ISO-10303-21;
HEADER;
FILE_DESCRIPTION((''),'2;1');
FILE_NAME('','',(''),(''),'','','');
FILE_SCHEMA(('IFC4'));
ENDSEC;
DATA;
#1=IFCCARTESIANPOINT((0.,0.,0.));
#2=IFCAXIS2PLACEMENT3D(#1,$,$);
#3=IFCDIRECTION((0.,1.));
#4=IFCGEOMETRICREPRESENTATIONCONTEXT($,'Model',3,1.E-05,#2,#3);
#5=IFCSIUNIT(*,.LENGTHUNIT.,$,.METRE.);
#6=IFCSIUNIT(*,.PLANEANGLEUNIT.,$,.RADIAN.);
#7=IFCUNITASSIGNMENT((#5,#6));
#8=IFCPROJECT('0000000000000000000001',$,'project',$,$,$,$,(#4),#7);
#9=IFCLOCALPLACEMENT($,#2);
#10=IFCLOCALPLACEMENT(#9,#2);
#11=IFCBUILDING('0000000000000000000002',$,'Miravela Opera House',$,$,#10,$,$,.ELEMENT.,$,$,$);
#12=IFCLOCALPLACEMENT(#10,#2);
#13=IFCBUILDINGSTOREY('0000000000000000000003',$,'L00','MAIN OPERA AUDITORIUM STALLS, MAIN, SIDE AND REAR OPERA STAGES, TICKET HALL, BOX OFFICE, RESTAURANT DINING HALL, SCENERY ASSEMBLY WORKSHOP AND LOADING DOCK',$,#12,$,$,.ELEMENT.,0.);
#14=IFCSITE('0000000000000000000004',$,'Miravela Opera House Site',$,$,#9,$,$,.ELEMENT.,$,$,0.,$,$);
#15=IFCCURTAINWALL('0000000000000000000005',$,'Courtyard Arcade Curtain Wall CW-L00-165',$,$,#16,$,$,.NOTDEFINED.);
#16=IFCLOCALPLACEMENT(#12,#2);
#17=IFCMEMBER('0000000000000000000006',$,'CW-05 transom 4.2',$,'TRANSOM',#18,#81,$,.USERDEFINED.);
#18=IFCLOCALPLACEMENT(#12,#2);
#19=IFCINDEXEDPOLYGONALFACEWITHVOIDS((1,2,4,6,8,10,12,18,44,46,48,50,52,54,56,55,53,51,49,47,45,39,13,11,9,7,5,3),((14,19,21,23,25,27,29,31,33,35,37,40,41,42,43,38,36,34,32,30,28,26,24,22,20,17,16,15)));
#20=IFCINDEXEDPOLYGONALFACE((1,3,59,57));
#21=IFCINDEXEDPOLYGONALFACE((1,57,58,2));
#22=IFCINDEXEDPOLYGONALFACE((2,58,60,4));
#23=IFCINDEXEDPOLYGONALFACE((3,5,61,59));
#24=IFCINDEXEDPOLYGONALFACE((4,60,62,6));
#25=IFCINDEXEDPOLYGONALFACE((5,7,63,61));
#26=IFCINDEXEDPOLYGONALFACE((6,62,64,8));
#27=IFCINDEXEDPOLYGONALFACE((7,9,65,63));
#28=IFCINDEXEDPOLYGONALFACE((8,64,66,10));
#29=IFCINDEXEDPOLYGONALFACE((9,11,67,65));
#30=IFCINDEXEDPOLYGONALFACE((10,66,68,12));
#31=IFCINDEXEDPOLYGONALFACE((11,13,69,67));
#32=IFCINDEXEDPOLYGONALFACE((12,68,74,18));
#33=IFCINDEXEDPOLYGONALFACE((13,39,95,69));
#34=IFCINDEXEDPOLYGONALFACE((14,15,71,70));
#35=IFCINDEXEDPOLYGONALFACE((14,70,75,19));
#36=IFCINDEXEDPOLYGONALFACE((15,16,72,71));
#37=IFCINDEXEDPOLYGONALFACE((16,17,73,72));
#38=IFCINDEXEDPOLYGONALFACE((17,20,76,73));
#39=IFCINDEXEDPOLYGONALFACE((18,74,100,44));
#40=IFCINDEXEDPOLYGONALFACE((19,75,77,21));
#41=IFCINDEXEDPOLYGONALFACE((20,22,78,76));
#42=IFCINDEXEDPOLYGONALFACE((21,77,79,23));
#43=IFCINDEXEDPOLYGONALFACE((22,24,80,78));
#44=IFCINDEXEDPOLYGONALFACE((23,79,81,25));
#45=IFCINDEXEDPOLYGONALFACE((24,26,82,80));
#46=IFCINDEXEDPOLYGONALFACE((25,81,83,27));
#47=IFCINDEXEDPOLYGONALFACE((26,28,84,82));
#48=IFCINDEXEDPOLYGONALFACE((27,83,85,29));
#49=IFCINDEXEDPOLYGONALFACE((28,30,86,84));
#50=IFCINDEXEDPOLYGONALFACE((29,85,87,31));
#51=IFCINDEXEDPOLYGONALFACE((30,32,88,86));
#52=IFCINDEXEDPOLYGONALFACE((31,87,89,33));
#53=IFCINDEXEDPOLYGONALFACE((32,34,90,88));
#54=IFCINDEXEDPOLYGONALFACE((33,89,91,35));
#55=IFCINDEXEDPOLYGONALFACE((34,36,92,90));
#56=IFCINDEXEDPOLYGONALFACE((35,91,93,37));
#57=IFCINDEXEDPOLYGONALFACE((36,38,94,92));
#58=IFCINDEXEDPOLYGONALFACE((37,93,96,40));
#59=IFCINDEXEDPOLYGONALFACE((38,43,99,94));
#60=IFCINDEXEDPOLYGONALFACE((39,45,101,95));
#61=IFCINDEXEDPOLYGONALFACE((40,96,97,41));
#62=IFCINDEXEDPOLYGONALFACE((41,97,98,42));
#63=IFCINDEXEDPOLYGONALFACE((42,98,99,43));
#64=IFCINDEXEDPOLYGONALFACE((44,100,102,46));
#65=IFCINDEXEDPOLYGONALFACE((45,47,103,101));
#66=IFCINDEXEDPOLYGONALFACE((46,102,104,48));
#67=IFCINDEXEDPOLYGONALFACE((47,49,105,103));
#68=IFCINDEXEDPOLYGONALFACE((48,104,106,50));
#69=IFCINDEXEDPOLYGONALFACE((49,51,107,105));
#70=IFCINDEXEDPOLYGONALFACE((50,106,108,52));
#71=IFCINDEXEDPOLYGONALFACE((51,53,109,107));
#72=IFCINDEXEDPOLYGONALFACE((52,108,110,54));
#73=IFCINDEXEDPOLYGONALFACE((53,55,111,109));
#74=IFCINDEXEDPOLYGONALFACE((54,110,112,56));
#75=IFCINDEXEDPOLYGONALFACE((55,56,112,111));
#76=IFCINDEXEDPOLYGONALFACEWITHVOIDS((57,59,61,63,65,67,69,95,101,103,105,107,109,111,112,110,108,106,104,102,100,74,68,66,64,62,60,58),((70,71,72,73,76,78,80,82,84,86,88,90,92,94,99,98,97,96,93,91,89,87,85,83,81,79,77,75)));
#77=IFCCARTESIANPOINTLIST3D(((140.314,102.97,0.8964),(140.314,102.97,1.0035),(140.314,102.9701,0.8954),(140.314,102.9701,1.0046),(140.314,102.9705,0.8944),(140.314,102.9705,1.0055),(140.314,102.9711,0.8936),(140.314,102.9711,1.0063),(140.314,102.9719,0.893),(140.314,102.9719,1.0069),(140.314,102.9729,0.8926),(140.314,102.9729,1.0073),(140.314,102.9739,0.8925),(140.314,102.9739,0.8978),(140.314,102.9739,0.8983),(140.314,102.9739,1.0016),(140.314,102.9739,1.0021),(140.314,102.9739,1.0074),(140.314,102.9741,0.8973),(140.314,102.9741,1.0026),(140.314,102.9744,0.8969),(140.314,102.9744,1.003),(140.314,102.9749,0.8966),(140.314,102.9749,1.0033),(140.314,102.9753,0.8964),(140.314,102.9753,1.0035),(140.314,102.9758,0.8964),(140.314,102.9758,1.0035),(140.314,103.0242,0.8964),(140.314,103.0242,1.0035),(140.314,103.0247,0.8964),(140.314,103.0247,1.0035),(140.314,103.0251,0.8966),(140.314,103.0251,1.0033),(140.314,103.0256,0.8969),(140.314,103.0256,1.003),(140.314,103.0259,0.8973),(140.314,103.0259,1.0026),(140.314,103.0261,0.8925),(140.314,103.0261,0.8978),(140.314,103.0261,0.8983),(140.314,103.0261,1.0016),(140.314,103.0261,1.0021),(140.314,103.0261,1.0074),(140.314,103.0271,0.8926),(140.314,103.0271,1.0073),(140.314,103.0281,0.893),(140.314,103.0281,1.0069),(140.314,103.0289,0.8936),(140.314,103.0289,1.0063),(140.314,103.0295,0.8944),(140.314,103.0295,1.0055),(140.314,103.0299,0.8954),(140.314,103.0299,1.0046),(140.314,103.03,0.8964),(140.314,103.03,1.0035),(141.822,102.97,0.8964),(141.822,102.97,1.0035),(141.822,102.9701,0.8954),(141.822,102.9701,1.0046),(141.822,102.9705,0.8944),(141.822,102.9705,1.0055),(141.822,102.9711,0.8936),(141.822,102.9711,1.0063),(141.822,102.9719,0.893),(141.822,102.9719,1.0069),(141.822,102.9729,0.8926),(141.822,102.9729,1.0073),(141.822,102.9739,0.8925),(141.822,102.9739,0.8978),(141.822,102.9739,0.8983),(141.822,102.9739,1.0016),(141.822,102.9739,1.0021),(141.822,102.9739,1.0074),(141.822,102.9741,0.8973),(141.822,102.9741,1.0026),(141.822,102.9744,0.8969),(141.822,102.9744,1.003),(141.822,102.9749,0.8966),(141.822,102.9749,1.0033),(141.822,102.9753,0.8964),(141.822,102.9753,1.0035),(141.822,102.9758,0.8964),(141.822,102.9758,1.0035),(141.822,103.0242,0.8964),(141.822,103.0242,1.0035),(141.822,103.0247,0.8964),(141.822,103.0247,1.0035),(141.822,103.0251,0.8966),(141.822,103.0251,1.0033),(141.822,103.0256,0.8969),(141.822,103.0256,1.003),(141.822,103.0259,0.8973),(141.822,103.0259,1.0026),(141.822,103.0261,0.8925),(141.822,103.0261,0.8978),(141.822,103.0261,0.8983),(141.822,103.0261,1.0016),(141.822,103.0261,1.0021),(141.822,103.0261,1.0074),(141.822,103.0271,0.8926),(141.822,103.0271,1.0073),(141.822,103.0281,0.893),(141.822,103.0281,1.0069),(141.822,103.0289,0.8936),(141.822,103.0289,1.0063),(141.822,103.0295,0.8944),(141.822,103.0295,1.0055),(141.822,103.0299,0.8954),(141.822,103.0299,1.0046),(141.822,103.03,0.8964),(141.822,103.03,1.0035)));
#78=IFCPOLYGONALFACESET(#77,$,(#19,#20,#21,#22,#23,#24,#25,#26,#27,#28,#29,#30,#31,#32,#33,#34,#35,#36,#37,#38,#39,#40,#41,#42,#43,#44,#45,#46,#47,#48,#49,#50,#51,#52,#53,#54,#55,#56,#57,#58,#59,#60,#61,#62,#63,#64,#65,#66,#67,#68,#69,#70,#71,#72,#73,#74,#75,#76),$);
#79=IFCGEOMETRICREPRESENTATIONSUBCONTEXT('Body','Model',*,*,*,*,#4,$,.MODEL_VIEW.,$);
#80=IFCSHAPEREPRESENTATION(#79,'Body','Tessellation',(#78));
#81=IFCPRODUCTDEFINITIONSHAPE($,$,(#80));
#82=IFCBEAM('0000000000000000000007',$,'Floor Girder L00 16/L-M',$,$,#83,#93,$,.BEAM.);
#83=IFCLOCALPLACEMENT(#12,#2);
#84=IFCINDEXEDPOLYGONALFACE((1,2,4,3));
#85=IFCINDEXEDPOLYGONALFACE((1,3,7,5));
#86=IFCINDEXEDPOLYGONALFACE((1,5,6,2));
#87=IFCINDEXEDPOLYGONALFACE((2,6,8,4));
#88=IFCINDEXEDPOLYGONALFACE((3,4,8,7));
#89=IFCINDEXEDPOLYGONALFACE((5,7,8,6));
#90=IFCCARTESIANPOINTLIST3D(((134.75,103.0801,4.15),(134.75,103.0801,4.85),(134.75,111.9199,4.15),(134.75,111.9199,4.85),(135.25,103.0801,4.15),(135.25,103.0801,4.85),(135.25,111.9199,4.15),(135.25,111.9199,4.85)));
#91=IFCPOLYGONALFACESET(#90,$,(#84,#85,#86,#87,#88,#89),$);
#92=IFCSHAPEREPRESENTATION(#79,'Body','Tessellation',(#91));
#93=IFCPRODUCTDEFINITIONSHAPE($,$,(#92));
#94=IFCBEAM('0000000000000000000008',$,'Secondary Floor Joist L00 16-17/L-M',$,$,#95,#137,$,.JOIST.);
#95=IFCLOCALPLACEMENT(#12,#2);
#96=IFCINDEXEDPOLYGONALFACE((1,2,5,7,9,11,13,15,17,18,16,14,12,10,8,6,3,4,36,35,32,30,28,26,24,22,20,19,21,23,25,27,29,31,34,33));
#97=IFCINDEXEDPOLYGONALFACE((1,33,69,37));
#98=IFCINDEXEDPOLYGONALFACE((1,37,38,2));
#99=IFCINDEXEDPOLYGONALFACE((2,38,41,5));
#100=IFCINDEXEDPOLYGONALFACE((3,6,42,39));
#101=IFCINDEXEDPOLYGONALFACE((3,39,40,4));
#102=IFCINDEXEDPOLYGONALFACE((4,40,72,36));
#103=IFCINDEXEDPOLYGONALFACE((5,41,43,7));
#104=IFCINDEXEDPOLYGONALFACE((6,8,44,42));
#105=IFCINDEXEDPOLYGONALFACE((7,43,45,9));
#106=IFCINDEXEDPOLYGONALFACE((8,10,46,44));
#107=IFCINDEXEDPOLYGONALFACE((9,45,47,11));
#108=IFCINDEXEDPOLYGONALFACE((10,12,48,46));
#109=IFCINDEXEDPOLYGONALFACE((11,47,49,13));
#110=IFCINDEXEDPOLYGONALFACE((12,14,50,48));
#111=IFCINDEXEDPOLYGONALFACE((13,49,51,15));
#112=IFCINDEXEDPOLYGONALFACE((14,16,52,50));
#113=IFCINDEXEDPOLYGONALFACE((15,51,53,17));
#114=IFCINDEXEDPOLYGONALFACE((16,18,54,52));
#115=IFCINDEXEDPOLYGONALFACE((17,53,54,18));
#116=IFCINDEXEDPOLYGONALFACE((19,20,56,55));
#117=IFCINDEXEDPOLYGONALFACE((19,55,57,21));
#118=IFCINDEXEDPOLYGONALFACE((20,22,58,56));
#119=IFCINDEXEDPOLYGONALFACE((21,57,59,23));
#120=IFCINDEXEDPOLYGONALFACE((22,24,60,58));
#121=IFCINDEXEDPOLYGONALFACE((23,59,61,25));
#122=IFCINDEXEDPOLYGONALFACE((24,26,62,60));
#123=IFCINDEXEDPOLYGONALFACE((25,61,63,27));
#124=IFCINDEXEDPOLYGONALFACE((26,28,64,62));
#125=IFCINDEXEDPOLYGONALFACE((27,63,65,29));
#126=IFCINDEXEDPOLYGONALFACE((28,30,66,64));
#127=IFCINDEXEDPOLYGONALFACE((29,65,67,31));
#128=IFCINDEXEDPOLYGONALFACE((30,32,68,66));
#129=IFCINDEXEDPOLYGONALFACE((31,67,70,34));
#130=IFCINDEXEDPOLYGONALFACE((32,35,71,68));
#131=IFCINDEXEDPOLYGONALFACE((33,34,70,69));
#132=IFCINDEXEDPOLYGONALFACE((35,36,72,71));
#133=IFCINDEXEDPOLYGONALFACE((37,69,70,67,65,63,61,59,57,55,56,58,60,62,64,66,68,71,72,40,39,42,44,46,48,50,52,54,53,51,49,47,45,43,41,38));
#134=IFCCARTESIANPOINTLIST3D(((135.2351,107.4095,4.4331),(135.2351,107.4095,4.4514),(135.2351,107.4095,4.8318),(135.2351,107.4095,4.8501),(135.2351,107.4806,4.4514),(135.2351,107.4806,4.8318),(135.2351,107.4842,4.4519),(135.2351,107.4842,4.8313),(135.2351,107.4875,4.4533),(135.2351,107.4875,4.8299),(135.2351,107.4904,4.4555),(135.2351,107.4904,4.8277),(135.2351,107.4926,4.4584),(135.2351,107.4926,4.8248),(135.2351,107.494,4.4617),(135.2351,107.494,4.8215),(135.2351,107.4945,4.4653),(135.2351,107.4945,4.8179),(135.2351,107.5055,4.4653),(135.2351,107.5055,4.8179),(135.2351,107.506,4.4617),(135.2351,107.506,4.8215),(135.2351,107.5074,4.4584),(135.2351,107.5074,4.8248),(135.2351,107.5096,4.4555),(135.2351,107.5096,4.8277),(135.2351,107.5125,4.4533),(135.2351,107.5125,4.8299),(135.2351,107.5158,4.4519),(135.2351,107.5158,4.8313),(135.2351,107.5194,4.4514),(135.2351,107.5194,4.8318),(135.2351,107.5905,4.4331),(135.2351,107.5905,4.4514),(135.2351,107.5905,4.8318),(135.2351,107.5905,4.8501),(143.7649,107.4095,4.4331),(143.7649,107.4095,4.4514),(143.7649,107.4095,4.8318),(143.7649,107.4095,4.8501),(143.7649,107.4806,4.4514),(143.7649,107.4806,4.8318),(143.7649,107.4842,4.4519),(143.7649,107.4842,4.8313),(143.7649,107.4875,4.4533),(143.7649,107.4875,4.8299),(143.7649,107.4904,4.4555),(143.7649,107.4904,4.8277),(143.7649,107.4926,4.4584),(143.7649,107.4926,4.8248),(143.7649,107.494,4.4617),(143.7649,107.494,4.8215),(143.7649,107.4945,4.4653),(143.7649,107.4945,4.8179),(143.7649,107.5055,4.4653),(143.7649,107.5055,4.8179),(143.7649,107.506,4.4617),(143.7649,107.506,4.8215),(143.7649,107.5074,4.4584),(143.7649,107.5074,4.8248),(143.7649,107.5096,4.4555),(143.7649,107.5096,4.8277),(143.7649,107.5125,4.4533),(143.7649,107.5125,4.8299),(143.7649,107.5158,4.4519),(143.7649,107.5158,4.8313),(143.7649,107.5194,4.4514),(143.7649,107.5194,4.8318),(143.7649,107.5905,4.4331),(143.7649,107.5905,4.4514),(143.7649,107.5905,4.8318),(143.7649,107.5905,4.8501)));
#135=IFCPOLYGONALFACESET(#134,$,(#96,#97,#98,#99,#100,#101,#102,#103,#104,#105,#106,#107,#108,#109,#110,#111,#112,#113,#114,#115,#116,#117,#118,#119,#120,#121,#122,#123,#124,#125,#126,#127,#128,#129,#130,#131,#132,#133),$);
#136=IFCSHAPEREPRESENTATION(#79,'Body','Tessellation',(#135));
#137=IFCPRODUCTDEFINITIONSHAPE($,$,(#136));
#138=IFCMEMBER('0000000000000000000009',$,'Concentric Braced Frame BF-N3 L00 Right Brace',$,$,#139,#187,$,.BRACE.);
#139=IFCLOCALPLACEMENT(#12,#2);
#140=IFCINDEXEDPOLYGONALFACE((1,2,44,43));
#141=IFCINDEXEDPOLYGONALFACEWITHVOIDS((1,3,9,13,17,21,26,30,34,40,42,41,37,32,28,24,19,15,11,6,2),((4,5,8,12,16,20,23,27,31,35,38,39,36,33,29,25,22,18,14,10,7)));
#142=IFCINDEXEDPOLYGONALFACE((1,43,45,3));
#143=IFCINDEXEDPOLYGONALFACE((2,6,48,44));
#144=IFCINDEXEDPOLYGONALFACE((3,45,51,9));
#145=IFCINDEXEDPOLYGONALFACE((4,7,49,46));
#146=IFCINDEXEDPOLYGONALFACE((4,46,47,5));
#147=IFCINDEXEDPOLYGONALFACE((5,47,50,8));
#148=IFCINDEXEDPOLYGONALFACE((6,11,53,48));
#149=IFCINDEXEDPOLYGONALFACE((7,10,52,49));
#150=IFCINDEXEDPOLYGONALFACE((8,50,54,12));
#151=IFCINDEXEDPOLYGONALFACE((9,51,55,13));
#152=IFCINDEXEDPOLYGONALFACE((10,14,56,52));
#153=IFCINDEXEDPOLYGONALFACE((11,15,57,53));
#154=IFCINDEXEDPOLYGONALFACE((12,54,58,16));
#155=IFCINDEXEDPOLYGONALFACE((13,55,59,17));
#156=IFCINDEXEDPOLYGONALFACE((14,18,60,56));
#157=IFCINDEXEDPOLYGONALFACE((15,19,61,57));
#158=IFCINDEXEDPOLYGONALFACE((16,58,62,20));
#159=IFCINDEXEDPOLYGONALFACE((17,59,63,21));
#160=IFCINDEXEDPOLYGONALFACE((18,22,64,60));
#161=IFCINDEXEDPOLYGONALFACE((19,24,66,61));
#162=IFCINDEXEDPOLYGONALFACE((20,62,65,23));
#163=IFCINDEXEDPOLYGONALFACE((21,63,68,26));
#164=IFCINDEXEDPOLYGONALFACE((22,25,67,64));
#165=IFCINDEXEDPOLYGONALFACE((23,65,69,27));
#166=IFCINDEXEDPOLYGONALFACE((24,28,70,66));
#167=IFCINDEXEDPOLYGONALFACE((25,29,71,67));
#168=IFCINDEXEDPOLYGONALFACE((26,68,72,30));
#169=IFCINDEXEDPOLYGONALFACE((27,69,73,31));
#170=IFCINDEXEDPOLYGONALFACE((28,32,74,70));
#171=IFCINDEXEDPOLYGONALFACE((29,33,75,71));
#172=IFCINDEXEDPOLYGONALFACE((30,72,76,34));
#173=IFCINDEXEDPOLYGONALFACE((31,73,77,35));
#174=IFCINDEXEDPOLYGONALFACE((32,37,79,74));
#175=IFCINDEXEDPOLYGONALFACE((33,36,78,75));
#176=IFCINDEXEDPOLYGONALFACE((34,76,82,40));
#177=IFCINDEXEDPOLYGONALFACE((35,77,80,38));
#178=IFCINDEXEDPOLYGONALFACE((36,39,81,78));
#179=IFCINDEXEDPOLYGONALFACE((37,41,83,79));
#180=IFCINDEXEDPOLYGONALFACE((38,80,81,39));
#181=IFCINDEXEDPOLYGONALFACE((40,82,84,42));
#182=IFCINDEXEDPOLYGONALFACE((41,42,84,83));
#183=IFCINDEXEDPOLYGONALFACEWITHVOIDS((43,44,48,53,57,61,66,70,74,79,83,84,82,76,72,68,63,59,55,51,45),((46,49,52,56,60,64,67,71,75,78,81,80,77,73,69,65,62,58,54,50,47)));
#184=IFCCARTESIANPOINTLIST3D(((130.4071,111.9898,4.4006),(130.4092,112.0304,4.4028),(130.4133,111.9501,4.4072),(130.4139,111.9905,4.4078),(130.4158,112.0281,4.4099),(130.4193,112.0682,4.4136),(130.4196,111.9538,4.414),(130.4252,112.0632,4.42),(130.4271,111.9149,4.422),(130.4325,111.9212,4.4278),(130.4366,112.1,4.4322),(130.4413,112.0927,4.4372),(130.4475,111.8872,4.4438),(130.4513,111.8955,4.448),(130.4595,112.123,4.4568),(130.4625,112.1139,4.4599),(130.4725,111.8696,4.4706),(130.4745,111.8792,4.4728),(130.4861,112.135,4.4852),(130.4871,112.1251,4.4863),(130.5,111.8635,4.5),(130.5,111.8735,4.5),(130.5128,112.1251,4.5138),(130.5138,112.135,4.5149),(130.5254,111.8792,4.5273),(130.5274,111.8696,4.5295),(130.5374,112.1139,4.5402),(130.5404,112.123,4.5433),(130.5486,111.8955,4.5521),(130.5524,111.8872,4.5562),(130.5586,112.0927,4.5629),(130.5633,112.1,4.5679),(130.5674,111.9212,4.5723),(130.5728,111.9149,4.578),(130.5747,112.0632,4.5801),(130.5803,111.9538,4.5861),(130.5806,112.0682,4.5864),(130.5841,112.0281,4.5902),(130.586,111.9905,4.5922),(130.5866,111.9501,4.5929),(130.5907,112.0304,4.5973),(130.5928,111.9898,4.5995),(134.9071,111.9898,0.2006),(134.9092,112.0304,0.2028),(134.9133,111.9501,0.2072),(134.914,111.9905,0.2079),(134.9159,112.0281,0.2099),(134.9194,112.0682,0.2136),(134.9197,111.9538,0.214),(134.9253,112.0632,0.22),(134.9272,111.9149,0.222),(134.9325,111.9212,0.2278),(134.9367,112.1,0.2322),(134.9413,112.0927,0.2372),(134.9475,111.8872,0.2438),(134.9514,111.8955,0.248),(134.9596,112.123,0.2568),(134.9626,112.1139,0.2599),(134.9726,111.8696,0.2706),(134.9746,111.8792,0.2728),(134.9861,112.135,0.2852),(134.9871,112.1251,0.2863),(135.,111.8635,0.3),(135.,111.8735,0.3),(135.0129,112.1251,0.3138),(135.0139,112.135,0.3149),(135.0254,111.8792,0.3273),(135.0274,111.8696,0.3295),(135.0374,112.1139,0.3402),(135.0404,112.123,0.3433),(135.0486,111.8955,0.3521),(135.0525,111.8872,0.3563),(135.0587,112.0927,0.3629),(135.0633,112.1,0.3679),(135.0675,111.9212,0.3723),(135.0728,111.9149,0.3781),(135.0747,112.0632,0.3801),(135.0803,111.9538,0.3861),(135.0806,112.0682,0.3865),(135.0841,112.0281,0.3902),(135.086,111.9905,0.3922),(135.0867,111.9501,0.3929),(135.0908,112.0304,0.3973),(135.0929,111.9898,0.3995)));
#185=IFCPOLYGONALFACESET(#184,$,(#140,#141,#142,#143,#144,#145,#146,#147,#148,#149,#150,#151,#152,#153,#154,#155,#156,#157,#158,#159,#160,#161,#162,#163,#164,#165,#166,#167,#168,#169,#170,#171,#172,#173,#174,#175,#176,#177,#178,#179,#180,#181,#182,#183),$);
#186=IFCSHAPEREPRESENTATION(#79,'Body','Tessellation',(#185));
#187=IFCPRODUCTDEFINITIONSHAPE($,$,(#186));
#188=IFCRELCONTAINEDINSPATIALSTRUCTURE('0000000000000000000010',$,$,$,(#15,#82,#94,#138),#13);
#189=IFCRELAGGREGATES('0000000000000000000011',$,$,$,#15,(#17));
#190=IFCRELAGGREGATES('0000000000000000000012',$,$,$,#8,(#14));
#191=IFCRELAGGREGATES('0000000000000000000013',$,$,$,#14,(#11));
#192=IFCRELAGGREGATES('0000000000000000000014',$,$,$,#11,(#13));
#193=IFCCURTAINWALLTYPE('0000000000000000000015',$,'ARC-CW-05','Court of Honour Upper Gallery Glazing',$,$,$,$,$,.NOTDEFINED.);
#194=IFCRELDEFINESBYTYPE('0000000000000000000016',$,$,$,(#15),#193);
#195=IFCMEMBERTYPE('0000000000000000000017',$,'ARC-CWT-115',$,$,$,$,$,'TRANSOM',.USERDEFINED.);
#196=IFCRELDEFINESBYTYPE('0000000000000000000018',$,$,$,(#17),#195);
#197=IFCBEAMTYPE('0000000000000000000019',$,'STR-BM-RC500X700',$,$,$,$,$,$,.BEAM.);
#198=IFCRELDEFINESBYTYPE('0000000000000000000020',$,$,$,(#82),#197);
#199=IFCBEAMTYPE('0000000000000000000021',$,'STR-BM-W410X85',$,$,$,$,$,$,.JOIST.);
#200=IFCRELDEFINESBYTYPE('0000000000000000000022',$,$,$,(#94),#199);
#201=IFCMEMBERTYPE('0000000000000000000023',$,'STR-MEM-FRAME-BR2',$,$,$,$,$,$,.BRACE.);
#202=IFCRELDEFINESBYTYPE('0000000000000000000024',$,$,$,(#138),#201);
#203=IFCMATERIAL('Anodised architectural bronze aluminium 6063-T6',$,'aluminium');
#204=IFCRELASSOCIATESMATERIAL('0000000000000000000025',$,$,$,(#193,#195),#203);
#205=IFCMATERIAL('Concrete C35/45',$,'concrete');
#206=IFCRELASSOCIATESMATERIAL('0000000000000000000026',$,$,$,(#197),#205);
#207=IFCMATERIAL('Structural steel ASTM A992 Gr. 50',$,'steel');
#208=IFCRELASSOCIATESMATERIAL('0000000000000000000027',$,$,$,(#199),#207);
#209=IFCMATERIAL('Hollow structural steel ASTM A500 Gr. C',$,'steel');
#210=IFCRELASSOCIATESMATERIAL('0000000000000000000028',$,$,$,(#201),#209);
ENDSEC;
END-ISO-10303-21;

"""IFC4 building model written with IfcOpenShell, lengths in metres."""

from ifc_helpers import new_model, si_unit, direction, frame, origin, origin_2d, place, context, subcontext, project, spatial, rectangle, hollow_rectangle, hollow_circle, i_section, extrude, material, material_profile, profile_set, type_object, element, aggregate, save


model = new_model("IFC4")

# Units and contexts
model_context = context("Model", 3, precision=1e-05, world=origin(), true_north=direction((0.0, 1.0)))
body_context = subcontext(model_context, "Body", "Model", "MODEL_VIEW")
ifc_project = project(units=[si_unit("LENGTHUNIT", "METRE"), si_unit("PLANEANGLEUNIT", "RADIAN")], contexts=[model_context])

# Site, building, storey
site_placement = place(None, origin())
site = spatial("IfcSite", under=ifc_project, at=site_placement, Name="Miravela Opera House Site", CompositionType="ELEMENT", RefElevation=0.0)
building_placement = place(site_placement, origin())
building = spatial("IfcBuilding", under=site, at=building_placement, Name="Miravela Opera House", CompositionType="ELEMENT")
storey_placement = place(building_placement, origin())
storey = spatial("IfcBuildingStorey", under=building, at=storey_placement, Name="L00", Description="MAIN OPERA AUDITORIUM STALLS, MAIN, SIDE AND REAR OPERA STAGES, TICKET HALL, BOX OFFICE, RESTAURANT DINING HALL, SCENERY ASSEMBLY WORKSHOP AND LOADING DOCK", CompositionType="ELEMENT", Elevation=0.0)

# Shared definitions
ifc_material_1 = material(Name="Concrete C35/45", Category="concrete")

# Curtain wall, member
ifc_material_2 = material(Name="Anodised architectural bronze aluminium 6063-T6", Category="aluminium")
curtain_wall_type = type_object("IfcCurtainWallType", Name="ARC-CW-05", Description="Court of Honour Upper Gallery Glazing", PredefinedType="NOTDEFINED", material=ifc_material_2)
curtain_wall_placement = place(storey_placement, origin())
curtain_wall = element("IfcCurtainWall", 1, at=curtain_wall_placement, inside=storey, type_object=curtain_wall_type, Name="Courtyard Arcade Curtain Wall CW-L00-165", PredefinedType="NOTDEFINED")
ifc_material_profile_1 = material_profile(ifc_material_2, hollow_rectangle(XDim=0.0601, YDim=0.115, WallThickness=0.0039, InnerFilletRadius=0.002, OuterFilletRadius=0.0039, at=origin_2d()), Name="CWT-60X115")
ifc_profile_set_1 = profile_set([ifc_material_profile_1])
member_type_1 = type_object("IfcMemberType", Name="ARC-CWT-115", ElementType="TRANSOM", PredefinedType="USERDEFINED", material=ifc_profile_set_1)
member_1_placement = place(storey_placement, frame((140.314, 103.0, 0.95), z_axis=(1.0, 0.0, 0.0), x_axis=(0.0, 1.0, 0.0)))
member_1 = element("IfcMember", 2, at=member_1_placement, type_object=member_type_1, Name="CW-05 transom 4.2", ObjectType="TRANSOM", PredefinedType="USERDEFINED", context=body_context, shape_type="SweptSolid", body=[
    extrude(hollow_rectangle(XDim=0.0601, YDim=0.115, WallThickness=0.0039, InnerFilletRadius=0.002, OuterFilletRadius=0.0039, at=origin_2d()), origin(), (0.0, 0.0, 1.0), 1.5081),
])

# Beams
ifc_material_profile_2 = material_profile(ifc_material_1, rectangle(XDim=0.5, YDim=0.7, at=origin_2d()), Name="RC-BM-500X700")
ifc_profile_set_2 = profile_set([ifc_material_profile_2])
beam_type_1 = type_object("IfcBeamType", Name="STR-BM-RC500X700", PredefinedType="BEAM", material=ifc_profile_set_2)
beam_1_placement = place(storey_placement, frame((135.0, 103.0801, 4.5), z_axis=(0.0, 1.0, 0.0), x_axis=(-1.0, 0.0, 0.0)))
element("IfcBeam", 3, at=beam_1_placement, inside=storey, type_object=beam_type_1, Name="Floor Girder L00 16/L-M", PredefinedType="BEAM", context=body_context, shape_type="SweptSolid", body=[
    extrude(rectangle(XDim=0.5, YDim=0.7, at=origin_2d()), origin(), (0.0, 0.0, 1.0), 8.8398),
])
ifc_material_3 = material(Name="Structural steel ASTM A992 Gr. 50", Category="steel")
ifc_material_profile_3 = material_profile(ifc_material_3, i_section(OverallWidth=0.1809, OverallDepth=0.417, WebThickness=0.011, FlangeThickness=0.0183, FilletRadius=0.0139, at=origin_2d()), Name="W410X85")
ifc_profile_set_3 = profile_set([ifc_material_profile_3])
beam_type_2 = type_object("IfcBeamType", Name="STR-BM-W410X85", PredefinedType="JOIST", material=ifc_profile_set_3)
beam_2_placement = place(storey_placement, frame((135.2351, 107.5, 4.6416), z_axis=(1.0, 0.0, 0.0), x_axis=(0.0, 1.0, 0.0)))
element("IfcBeam", 4, at=beam_2_placement, inside=storey, type_object=beam_type_2, Name="Secondary Floor Joist L00 16-17/L-M", PredefinedType="JOIST", context=body_context, shape_type="SweptSolid", body=[
    extrude(i_section(OverallWidth=0.1809, OverallDepth=0.417, WebThickness=0.011, FlangeThickness=0.0183, FilletRadius=0.0139, at=origin_2d()), origin(), (0.0, 0.0, 1.0), 8.5298),
])

# Member
ifc_material_4 = material(Name="Hollow structural steel ASTM A500 Gr. C", Category="steel")
ifc_material_profile_4 = material_profile(ifc_material_4, hollow_circle(Radius=0.1365, WallThickness=0.01, at=origin_2d()), Name="CHS273X10")
ifc_profile_set_4 = profile_set([ifc_material_profile_4])
member_type_2 = type_object("IfcMemberType", Name="STR-MEM-FRAME-BR2", PredefinedType="BRACE", material=ifc_profile_set_4)
member_2_placement = place(storey_placement, frame((135.0, 112.0, 0.3), z_axis=(-0.731059, 0.0, 0.682314), x_axis=(0.0, -1.0, 0.0)))
element("IfcMember", 5, at=member_2_placement, inside=storey, type_object=member_type_2, Name="Concentric Braced Frame BF-N3 L00 Right Brace", PredefinedType="BRACE", context=body_context, shape_type="SweptSolid", body=[
    extrude(hollow_circle(Radius=0.1365, WallThickness=0.01, at=origin_2d()), origin(), (0.0, 0.0, 1.0), 6.1555),
])

aggregate(curtain_wall, [member_1])

save(model, "model.ifc")
